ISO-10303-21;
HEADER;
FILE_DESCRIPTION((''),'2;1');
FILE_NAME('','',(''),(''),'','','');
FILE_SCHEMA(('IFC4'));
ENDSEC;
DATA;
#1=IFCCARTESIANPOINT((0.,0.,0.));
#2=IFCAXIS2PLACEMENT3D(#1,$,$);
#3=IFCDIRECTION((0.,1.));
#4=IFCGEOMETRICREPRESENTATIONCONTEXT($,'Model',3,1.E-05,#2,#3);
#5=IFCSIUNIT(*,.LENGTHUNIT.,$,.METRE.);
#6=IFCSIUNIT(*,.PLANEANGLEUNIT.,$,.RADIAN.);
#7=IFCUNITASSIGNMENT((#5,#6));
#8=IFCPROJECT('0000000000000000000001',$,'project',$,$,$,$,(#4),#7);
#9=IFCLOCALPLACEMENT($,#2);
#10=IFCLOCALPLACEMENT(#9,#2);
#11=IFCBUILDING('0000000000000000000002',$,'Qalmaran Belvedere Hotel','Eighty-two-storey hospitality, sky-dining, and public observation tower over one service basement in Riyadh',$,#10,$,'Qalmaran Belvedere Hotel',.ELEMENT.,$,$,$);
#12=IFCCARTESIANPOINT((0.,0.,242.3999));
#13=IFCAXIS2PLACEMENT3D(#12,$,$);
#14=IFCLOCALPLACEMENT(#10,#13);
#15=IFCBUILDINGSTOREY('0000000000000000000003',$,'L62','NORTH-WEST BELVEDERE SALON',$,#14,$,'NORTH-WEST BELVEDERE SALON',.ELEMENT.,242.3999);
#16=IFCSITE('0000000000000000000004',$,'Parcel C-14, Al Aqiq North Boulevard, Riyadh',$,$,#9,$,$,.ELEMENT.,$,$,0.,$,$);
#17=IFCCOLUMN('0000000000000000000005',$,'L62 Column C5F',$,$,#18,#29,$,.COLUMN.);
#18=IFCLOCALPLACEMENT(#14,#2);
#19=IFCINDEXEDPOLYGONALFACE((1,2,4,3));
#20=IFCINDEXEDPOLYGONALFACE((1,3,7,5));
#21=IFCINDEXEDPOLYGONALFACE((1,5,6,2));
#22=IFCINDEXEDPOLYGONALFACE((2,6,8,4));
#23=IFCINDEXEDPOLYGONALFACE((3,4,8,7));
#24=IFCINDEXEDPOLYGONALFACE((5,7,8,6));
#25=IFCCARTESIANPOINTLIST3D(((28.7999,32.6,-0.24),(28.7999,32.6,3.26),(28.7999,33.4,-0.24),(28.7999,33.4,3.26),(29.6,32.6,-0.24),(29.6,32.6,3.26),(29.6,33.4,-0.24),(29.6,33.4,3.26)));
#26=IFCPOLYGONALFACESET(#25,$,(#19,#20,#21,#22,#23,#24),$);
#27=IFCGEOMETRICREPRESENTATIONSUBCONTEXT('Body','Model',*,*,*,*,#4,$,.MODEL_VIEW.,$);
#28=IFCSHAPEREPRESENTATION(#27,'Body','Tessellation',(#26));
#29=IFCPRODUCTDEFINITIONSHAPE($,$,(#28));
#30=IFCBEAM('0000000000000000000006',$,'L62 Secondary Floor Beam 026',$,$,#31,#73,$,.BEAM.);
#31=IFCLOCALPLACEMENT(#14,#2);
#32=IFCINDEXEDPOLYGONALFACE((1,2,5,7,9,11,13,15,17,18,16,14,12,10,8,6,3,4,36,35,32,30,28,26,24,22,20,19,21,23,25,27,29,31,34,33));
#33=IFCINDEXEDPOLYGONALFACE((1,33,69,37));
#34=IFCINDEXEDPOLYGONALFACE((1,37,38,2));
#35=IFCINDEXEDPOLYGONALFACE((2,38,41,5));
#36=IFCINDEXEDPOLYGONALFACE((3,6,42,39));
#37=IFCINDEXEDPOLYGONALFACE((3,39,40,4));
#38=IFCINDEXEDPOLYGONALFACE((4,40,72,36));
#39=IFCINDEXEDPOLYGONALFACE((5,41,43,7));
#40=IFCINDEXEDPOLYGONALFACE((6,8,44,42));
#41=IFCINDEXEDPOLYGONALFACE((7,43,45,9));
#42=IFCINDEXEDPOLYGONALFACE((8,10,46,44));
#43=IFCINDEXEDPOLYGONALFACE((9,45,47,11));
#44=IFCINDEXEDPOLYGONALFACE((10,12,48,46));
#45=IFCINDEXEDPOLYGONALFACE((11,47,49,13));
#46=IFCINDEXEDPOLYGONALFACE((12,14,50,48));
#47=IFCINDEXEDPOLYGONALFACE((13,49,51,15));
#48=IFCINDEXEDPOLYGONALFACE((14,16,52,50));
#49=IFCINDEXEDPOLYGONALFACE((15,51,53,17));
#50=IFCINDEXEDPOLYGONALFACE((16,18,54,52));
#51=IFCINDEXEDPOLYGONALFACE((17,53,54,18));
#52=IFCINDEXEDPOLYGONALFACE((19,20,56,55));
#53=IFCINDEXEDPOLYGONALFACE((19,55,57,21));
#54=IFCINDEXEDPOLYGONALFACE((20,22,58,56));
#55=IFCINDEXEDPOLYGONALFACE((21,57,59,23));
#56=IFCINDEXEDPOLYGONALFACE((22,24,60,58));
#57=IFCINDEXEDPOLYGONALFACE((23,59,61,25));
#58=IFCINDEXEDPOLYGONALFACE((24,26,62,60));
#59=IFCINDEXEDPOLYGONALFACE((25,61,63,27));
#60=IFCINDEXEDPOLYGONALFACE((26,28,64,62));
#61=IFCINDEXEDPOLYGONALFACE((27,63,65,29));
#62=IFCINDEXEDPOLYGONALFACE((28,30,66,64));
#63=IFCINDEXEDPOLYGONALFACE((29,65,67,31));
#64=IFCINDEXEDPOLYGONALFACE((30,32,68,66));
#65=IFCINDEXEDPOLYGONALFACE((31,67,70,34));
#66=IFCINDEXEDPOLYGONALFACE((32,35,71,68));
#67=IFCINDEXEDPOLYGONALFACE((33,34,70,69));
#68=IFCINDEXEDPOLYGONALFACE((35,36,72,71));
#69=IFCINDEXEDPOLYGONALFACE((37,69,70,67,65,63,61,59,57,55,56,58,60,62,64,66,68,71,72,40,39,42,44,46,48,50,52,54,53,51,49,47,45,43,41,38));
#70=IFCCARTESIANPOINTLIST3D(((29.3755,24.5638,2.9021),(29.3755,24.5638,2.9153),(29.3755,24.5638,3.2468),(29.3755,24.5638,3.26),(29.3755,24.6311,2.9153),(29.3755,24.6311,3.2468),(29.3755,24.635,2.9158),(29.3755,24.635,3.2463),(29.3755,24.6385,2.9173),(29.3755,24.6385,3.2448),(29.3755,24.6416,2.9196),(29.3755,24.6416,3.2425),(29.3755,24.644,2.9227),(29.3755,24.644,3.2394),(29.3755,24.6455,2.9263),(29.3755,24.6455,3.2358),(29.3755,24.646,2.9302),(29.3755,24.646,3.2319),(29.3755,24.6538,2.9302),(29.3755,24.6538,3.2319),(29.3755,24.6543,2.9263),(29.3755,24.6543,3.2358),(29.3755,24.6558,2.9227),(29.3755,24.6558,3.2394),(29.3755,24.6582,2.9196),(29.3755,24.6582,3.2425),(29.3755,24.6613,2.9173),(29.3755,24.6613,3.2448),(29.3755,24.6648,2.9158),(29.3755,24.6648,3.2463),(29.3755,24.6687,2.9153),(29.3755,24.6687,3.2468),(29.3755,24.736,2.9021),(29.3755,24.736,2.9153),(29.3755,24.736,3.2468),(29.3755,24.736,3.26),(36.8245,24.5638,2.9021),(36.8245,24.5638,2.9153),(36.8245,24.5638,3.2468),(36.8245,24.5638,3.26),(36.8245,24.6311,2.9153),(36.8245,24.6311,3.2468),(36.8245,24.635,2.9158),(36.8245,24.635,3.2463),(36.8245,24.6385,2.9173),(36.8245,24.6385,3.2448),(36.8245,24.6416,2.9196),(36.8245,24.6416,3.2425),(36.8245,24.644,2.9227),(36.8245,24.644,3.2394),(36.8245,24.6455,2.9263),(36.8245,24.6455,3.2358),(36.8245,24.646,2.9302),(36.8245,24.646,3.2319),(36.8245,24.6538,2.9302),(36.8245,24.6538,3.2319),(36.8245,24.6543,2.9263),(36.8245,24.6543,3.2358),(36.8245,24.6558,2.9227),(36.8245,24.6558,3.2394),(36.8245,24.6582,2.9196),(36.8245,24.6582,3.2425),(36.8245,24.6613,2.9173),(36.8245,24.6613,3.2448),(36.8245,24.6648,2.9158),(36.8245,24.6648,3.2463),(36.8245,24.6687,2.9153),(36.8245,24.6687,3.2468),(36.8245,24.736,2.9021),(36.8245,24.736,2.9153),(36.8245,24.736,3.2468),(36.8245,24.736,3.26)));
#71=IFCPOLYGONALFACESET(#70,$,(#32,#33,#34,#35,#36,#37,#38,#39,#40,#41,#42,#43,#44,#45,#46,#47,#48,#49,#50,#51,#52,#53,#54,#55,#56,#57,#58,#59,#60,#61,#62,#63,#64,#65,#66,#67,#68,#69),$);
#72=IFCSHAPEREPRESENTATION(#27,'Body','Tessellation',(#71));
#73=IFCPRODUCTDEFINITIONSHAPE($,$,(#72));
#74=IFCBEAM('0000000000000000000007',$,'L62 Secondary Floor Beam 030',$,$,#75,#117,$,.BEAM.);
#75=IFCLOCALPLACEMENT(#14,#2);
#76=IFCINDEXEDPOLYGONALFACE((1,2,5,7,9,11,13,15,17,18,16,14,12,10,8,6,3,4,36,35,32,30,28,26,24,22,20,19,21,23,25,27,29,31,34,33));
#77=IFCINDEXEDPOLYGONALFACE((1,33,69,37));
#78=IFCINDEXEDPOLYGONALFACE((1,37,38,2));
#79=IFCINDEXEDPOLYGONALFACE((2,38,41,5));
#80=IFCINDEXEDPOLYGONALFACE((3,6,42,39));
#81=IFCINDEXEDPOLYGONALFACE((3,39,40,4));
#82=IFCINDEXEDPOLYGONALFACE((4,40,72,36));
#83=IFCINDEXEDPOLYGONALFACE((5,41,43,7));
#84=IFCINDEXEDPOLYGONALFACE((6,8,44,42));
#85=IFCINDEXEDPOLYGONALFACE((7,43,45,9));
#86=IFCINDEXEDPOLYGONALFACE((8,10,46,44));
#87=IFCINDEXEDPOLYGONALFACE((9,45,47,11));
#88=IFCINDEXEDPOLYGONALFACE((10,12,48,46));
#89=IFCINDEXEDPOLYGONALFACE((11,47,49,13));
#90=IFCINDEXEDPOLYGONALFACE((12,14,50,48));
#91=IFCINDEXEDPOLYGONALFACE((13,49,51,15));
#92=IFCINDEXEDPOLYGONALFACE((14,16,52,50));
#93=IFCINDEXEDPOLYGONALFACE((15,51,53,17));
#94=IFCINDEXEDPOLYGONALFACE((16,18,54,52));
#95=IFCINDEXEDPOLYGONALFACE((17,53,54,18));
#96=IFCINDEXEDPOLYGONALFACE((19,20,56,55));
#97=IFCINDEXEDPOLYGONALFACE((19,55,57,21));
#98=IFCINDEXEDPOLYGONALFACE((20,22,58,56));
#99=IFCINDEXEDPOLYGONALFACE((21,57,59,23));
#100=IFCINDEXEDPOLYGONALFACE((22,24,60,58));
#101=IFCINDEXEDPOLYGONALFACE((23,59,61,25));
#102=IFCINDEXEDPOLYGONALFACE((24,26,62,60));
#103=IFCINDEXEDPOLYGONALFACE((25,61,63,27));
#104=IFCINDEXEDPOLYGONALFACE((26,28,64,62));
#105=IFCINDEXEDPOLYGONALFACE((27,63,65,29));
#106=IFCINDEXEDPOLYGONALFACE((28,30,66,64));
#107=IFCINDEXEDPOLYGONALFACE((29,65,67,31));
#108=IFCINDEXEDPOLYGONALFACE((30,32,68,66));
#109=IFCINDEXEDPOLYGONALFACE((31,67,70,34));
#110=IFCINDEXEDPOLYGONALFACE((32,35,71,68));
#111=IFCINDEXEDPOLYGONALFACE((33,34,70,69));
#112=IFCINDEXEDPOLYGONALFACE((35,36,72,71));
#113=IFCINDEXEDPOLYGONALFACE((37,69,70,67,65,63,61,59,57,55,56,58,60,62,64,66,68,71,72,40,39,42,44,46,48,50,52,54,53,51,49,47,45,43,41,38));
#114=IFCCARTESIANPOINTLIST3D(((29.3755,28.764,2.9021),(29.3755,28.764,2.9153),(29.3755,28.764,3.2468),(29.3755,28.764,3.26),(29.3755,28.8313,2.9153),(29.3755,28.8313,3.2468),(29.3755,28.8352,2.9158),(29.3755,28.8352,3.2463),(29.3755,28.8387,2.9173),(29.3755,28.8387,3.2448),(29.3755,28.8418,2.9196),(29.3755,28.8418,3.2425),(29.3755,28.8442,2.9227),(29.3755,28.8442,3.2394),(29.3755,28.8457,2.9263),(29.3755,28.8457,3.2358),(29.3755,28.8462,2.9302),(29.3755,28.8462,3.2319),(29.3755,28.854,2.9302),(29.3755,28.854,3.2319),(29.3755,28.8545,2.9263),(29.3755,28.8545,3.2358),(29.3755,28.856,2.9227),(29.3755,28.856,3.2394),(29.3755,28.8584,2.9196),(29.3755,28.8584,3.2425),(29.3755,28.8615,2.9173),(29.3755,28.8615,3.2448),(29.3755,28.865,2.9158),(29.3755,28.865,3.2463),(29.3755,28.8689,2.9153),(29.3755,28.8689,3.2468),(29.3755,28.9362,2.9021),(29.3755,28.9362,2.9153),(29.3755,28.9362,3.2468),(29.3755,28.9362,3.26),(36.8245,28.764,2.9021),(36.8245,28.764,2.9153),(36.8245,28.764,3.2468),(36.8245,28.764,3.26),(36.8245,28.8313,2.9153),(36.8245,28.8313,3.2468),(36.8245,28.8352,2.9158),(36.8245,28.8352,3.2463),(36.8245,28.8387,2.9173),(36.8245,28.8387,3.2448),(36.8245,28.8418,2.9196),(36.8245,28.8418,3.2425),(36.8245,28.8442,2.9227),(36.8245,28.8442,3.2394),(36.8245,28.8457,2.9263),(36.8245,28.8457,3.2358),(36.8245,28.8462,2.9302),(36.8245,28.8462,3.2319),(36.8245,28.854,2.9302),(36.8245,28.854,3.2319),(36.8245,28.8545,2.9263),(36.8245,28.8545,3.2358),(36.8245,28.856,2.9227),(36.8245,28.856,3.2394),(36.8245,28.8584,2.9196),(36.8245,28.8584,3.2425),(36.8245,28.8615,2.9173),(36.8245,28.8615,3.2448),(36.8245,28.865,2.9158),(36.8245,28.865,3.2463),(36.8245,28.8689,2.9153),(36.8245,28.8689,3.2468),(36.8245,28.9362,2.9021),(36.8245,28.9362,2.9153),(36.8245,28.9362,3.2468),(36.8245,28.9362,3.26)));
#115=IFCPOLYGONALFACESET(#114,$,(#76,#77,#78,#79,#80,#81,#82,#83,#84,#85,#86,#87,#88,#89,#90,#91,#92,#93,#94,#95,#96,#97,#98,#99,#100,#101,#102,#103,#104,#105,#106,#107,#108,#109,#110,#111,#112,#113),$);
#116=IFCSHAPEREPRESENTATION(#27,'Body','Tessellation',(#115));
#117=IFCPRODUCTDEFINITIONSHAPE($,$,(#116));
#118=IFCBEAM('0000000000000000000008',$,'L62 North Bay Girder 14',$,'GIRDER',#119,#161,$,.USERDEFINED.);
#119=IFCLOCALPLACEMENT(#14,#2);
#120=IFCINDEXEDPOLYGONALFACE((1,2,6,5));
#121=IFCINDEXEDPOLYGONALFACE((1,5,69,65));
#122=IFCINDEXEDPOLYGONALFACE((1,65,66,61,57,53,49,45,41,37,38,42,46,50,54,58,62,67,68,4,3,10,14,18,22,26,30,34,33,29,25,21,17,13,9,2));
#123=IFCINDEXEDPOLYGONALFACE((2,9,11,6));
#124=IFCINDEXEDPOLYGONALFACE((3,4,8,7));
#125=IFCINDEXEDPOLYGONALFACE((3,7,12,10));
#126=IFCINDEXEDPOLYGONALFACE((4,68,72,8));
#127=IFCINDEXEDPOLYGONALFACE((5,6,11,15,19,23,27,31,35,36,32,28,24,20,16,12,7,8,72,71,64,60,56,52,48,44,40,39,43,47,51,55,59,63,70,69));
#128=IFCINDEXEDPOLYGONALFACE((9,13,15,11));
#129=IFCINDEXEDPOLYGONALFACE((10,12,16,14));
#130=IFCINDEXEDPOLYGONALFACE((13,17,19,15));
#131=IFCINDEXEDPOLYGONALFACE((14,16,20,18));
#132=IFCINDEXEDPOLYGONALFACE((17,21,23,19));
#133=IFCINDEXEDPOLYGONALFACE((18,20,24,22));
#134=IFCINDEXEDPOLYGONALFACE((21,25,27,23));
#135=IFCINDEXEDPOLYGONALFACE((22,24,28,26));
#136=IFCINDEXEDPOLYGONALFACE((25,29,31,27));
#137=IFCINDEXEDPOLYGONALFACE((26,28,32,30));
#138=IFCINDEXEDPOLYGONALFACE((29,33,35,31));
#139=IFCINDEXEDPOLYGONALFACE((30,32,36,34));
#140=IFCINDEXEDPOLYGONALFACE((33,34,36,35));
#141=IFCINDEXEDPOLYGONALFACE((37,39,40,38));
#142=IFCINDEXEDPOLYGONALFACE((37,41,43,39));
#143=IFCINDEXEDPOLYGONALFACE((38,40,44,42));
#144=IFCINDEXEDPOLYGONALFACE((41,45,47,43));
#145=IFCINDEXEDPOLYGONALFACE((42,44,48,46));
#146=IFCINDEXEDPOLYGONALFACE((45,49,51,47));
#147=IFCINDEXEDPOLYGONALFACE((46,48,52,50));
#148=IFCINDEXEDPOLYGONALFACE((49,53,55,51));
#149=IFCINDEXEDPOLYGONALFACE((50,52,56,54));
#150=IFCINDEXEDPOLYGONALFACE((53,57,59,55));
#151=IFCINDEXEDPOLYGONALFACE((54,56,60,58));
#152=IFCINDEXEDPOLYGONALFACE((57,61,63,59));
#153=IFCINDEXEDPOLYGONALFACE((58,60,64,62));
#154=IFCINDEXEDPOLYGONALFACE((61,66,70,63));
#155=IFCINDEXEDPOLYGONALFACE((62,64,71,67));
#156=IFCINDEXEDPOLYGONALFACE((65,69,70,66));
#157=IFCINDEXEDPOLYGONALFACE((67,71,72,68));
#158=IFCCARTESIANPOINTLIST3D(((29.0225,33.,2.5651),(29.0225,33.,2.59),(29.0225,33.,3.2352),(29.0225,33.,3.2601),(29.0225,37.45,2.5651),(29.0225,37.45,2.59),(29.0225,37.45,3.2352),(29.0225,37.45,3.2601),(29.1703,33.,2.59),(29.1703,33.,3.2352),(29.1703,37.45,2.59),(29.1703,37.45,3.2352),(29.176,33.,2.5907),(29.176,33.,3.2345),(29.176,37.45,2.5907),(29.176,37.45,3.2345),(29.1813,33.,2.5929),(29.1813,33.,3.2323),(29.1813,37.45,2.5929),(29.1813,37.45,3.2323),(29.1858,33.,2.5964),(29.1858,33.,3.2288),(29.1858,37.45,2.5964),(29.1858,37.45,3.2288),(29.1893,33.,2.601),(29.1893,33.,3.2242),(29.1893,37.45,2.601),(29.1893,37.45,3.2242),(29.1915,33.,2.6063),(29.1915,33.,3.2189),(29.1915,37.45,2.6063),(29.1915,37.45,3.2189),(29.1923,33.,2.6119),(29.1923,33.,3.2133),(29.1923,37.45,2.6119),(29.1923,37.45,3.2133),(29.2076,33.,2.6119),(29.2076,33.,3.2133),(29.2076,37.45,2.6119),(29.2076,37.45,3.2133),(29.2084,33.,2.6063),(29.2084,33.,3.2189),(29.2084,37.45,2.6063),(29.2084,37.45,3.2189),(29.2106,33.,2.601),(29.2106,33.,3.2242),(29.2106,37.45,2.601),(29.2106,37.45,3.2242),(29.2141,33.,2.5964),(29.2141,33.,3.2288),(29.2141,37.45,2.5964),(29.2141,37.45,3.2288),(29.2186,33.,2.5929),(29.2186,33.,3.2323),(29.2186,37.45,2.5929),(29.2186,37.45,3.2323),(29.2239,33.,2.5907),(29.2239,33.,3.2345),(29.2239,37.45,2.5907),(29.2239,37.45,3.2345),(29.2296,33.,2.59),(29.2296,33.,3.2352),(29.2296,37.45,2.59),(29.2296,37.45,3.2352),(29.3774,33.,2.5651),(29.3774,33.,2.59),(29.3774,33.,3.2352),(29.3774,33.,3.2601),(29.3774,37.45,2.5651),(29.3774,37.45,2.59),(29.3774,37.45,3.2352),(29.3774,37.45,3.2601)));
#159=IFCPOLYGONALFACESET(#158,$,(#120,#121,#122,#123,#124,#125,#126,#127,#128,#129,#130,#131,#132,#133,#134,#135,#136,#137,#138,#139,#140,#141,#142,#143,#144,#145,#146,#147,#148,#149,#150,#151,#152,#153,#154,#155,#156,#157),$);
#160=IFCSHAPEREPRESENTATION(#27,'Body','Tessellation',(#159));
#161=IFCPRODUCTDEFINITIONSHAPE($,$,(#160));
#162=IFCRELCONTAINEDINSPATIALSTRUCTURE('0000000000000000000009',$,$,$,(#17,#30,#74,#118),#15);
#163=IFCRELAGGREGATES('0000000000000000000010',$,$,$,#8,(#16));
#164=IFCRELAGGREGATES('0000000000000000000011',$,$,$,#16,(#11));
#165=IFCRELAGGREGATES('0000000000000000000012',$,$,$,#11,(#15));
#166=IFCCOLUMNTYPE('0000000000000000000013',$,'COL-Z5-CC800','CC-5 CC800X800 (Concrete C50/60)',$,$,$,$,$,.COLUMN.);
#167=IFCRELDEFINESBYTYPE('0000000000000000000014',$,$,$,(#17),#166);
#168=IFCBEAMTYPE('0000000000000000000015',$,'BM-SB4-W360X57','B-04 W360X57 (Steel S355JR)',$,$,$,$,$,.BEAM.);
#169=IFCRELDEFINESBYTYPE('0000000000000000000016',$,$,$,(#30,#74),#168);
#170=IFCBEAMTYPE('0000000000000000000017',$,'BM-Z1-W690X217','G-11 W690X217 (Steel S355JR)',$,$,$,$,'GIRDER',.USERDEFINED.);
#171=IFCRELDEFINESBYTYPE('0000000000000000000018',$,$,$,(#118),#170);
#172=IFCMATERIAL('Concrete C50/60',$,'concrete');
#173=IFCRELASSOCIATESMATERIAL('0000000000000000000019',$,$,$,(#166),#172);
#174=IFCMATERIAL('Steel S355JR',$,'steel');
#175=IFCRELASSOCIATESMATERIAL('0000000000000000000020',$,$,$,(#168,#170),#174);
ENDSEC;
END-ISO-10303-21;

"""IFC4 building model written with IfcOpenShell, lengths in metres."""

from ifc_helpers import new_model, si_unit, direction, frame, origin, origin_2d, place, context, subcontext, project, spatial, rectangle, i_section, extrude, material, material_profile, profile_set, type_object, element, save


model = new_model("IFC4")

# Units and contexts
model_context = context("Model", 3, precision=1e-05, world=origin(), true_north=direction((0.0, 1.0)))
body_context = subcontext(model_context, "Body", "Model", "MODEL_VIEW")
ifc_project = project(units=[si_unit("LENGTHUNIT", "METRE"), si_unit("PLANEANGLEUNIT", "RADIAN")], contexts=[model_context])

# Site, building, storey
site_placement = place(None, origin())
site = spatial("IfcSite", under=ifc_project, at=site_placement, Name="Parcel C-14, Al Aqiq North Boulevard, Riyadh", CompositionType="ELEMENT", RefElevation=0.0)
building_placement = place(site_placement, origin())
building = spatial("IfcBuilding", under=site, at=building_placement, Name="Qalmaran Belvedere Hotel", Description="Eighty-two-storey hospitality, sky-dining, and public observation tower over one service basement in Riyadh", LongName="Qalmaran Belvedere Hotel", CompositionType="ELEMENT")
storey_placement = place(building_placement, frame((0.0, 0.0, 242.3999)))
storey = spatial("IfcBuildingStorey", under=building, at=storey_placement, Name="L62", Description="NORTH-WEST BELVEDERE SALON", LongName="NORTH-WEST BELVEDERE SALON", CompositionType="ELEMENT", Elevation=242.3999)

# Column
ifc_material_1 = material(Name="Concrete C50/60", Category="concrete")
ifc_material_profile_1 = material_profile(ifc_material_1, rectangle(XDim=0.8, YDim=0.8, at=origin_2d()), Name="CC800X800")
ifc_profile_set_1 = profile_set([ifc_material_profile_1], Name="Concrete C50/60")
column_type = type_object("IfcColumnType", Name="COL-Z5-CC800", Description="CC-5 CC800X800 (Concrete C50/60)", PredefinedType="COLUMN", material=ifc_profile_set_1)
column_placement = place(storey_placement, frame((29.2, 33.0, -0.24), z_axis=(0.0, 0.0, 1.0), x_axis=(1.0, 0.0, 0.0)))
element("IfcColumn", 1, at=column_placement, inside=storey, type_object=column_type, Name="L62 Column C5F", PredefinedType="COLUMN", context=body_context, shape_type="SweptSolid", body=[
    extrude(rectangle(XDim=0.8, YDim=0.8, at=origin_2d()), origin(), (0.0, 0.0, 1.0), 3.5),
])

# Beams
ifc_material_2 = material(Name="Steel S355JR", Category="steel")
ifc_material_profile_2 = material_profile(ifc_material_2, i_section(OverallWidth=0.1721, OverallDepth=0.3579, WebThickness=0.0078, FlangeThickness=0.0132, FilletRadius=0.0149, at=origin_2d()), Name="W360X57")
ifc_profile_set_2 = profile_set([ifc_material_profile_2], Name="Steel S355JR")
beam_type_1 = type_object("IfcBeamType", Name="BM-SB4-W360X57", Description="B-04 W360X57 (Steel S355JR)", PredefinedType="BEAM", material=ifc_profile_set_2)
for number, where, z_axis, x_axis, name in (
    (2, (29.3755, 24.6499, 3.0811), (1.0, 0.0, 0.0), (0.0, 1.0, 0.0), "L62 Secondary Floor Beam 026"),
    (3, (29.3755, 28.8501, 3.0811), (1.0, 0.0, 0.0), (0.0, 1.0, 0.0), "L62 Secondary Floor Beam 030"),
):
    element("IfcBeam", number, at=place(storey_placement, frame(where, z_axis=z_axis, x_axis=x_axis)), inside=storey, type_object=beam_type_1, Name=name, PredefinedType="BEAM", context=body_context, shape_type="SweptSolid", body=[
        extrude(i_section(OverallWidth=0.1721, OverallDepth=0.3579, WebThickness=0.0078, FlangeThickness=0.0132, FilletRadius=0.0149, at=origin_2d()), origin(), (0.0, 0.0, 1.0), 7.449),
    ])
ifc_material_profile_3 = material_profile(ifc_material_2, i_section(OverallWidth=0.355, OverallDepth=0.6951, WebThickness=0.0154, FlangeThickness=0.0249, FilletRadius=0.022, at=origin_2d()), Name="W690X217")
ifc_profile_set_3 = profile_set([ifc_material_profile_3], Name="Steel S355JR")
beam_type_2 = type_object("IfcBeamType", Name="BM-Z1-W690X217", Description="G-11 W690X217 (Steel S355JR)", ElementType="GIRDER", PredefinedType="USERDEFINED", material=ifc_profile_set_3)
beam_1_placement = place(storey_placement, frame((29.2, 33.0, 2.9126), z_axis=(0.0, 1.0, 0.0), x_axis=(-1.0, 0.0, 0.0)))
element("IfcBeam", 4, at=beam_1_placement, inside=storey, type_object=beam_type_2, Name="L62 North Bay Girder 14", ObjectType="GIRDER", PredefinedType="USERDEFINED", context=body_context, shape_type="SweptSolid", body=[
    extrude(i_section(OverallWidth=0.355, OverallDepth=0.6951, WebThickness=0.0154, FlangeThickness=0.0249, FilletRadius=0.022, at=origin_2d()), origin(), (0.0, 0.0, 1.0), 4.45),
])

save(model, "model.ifc")
